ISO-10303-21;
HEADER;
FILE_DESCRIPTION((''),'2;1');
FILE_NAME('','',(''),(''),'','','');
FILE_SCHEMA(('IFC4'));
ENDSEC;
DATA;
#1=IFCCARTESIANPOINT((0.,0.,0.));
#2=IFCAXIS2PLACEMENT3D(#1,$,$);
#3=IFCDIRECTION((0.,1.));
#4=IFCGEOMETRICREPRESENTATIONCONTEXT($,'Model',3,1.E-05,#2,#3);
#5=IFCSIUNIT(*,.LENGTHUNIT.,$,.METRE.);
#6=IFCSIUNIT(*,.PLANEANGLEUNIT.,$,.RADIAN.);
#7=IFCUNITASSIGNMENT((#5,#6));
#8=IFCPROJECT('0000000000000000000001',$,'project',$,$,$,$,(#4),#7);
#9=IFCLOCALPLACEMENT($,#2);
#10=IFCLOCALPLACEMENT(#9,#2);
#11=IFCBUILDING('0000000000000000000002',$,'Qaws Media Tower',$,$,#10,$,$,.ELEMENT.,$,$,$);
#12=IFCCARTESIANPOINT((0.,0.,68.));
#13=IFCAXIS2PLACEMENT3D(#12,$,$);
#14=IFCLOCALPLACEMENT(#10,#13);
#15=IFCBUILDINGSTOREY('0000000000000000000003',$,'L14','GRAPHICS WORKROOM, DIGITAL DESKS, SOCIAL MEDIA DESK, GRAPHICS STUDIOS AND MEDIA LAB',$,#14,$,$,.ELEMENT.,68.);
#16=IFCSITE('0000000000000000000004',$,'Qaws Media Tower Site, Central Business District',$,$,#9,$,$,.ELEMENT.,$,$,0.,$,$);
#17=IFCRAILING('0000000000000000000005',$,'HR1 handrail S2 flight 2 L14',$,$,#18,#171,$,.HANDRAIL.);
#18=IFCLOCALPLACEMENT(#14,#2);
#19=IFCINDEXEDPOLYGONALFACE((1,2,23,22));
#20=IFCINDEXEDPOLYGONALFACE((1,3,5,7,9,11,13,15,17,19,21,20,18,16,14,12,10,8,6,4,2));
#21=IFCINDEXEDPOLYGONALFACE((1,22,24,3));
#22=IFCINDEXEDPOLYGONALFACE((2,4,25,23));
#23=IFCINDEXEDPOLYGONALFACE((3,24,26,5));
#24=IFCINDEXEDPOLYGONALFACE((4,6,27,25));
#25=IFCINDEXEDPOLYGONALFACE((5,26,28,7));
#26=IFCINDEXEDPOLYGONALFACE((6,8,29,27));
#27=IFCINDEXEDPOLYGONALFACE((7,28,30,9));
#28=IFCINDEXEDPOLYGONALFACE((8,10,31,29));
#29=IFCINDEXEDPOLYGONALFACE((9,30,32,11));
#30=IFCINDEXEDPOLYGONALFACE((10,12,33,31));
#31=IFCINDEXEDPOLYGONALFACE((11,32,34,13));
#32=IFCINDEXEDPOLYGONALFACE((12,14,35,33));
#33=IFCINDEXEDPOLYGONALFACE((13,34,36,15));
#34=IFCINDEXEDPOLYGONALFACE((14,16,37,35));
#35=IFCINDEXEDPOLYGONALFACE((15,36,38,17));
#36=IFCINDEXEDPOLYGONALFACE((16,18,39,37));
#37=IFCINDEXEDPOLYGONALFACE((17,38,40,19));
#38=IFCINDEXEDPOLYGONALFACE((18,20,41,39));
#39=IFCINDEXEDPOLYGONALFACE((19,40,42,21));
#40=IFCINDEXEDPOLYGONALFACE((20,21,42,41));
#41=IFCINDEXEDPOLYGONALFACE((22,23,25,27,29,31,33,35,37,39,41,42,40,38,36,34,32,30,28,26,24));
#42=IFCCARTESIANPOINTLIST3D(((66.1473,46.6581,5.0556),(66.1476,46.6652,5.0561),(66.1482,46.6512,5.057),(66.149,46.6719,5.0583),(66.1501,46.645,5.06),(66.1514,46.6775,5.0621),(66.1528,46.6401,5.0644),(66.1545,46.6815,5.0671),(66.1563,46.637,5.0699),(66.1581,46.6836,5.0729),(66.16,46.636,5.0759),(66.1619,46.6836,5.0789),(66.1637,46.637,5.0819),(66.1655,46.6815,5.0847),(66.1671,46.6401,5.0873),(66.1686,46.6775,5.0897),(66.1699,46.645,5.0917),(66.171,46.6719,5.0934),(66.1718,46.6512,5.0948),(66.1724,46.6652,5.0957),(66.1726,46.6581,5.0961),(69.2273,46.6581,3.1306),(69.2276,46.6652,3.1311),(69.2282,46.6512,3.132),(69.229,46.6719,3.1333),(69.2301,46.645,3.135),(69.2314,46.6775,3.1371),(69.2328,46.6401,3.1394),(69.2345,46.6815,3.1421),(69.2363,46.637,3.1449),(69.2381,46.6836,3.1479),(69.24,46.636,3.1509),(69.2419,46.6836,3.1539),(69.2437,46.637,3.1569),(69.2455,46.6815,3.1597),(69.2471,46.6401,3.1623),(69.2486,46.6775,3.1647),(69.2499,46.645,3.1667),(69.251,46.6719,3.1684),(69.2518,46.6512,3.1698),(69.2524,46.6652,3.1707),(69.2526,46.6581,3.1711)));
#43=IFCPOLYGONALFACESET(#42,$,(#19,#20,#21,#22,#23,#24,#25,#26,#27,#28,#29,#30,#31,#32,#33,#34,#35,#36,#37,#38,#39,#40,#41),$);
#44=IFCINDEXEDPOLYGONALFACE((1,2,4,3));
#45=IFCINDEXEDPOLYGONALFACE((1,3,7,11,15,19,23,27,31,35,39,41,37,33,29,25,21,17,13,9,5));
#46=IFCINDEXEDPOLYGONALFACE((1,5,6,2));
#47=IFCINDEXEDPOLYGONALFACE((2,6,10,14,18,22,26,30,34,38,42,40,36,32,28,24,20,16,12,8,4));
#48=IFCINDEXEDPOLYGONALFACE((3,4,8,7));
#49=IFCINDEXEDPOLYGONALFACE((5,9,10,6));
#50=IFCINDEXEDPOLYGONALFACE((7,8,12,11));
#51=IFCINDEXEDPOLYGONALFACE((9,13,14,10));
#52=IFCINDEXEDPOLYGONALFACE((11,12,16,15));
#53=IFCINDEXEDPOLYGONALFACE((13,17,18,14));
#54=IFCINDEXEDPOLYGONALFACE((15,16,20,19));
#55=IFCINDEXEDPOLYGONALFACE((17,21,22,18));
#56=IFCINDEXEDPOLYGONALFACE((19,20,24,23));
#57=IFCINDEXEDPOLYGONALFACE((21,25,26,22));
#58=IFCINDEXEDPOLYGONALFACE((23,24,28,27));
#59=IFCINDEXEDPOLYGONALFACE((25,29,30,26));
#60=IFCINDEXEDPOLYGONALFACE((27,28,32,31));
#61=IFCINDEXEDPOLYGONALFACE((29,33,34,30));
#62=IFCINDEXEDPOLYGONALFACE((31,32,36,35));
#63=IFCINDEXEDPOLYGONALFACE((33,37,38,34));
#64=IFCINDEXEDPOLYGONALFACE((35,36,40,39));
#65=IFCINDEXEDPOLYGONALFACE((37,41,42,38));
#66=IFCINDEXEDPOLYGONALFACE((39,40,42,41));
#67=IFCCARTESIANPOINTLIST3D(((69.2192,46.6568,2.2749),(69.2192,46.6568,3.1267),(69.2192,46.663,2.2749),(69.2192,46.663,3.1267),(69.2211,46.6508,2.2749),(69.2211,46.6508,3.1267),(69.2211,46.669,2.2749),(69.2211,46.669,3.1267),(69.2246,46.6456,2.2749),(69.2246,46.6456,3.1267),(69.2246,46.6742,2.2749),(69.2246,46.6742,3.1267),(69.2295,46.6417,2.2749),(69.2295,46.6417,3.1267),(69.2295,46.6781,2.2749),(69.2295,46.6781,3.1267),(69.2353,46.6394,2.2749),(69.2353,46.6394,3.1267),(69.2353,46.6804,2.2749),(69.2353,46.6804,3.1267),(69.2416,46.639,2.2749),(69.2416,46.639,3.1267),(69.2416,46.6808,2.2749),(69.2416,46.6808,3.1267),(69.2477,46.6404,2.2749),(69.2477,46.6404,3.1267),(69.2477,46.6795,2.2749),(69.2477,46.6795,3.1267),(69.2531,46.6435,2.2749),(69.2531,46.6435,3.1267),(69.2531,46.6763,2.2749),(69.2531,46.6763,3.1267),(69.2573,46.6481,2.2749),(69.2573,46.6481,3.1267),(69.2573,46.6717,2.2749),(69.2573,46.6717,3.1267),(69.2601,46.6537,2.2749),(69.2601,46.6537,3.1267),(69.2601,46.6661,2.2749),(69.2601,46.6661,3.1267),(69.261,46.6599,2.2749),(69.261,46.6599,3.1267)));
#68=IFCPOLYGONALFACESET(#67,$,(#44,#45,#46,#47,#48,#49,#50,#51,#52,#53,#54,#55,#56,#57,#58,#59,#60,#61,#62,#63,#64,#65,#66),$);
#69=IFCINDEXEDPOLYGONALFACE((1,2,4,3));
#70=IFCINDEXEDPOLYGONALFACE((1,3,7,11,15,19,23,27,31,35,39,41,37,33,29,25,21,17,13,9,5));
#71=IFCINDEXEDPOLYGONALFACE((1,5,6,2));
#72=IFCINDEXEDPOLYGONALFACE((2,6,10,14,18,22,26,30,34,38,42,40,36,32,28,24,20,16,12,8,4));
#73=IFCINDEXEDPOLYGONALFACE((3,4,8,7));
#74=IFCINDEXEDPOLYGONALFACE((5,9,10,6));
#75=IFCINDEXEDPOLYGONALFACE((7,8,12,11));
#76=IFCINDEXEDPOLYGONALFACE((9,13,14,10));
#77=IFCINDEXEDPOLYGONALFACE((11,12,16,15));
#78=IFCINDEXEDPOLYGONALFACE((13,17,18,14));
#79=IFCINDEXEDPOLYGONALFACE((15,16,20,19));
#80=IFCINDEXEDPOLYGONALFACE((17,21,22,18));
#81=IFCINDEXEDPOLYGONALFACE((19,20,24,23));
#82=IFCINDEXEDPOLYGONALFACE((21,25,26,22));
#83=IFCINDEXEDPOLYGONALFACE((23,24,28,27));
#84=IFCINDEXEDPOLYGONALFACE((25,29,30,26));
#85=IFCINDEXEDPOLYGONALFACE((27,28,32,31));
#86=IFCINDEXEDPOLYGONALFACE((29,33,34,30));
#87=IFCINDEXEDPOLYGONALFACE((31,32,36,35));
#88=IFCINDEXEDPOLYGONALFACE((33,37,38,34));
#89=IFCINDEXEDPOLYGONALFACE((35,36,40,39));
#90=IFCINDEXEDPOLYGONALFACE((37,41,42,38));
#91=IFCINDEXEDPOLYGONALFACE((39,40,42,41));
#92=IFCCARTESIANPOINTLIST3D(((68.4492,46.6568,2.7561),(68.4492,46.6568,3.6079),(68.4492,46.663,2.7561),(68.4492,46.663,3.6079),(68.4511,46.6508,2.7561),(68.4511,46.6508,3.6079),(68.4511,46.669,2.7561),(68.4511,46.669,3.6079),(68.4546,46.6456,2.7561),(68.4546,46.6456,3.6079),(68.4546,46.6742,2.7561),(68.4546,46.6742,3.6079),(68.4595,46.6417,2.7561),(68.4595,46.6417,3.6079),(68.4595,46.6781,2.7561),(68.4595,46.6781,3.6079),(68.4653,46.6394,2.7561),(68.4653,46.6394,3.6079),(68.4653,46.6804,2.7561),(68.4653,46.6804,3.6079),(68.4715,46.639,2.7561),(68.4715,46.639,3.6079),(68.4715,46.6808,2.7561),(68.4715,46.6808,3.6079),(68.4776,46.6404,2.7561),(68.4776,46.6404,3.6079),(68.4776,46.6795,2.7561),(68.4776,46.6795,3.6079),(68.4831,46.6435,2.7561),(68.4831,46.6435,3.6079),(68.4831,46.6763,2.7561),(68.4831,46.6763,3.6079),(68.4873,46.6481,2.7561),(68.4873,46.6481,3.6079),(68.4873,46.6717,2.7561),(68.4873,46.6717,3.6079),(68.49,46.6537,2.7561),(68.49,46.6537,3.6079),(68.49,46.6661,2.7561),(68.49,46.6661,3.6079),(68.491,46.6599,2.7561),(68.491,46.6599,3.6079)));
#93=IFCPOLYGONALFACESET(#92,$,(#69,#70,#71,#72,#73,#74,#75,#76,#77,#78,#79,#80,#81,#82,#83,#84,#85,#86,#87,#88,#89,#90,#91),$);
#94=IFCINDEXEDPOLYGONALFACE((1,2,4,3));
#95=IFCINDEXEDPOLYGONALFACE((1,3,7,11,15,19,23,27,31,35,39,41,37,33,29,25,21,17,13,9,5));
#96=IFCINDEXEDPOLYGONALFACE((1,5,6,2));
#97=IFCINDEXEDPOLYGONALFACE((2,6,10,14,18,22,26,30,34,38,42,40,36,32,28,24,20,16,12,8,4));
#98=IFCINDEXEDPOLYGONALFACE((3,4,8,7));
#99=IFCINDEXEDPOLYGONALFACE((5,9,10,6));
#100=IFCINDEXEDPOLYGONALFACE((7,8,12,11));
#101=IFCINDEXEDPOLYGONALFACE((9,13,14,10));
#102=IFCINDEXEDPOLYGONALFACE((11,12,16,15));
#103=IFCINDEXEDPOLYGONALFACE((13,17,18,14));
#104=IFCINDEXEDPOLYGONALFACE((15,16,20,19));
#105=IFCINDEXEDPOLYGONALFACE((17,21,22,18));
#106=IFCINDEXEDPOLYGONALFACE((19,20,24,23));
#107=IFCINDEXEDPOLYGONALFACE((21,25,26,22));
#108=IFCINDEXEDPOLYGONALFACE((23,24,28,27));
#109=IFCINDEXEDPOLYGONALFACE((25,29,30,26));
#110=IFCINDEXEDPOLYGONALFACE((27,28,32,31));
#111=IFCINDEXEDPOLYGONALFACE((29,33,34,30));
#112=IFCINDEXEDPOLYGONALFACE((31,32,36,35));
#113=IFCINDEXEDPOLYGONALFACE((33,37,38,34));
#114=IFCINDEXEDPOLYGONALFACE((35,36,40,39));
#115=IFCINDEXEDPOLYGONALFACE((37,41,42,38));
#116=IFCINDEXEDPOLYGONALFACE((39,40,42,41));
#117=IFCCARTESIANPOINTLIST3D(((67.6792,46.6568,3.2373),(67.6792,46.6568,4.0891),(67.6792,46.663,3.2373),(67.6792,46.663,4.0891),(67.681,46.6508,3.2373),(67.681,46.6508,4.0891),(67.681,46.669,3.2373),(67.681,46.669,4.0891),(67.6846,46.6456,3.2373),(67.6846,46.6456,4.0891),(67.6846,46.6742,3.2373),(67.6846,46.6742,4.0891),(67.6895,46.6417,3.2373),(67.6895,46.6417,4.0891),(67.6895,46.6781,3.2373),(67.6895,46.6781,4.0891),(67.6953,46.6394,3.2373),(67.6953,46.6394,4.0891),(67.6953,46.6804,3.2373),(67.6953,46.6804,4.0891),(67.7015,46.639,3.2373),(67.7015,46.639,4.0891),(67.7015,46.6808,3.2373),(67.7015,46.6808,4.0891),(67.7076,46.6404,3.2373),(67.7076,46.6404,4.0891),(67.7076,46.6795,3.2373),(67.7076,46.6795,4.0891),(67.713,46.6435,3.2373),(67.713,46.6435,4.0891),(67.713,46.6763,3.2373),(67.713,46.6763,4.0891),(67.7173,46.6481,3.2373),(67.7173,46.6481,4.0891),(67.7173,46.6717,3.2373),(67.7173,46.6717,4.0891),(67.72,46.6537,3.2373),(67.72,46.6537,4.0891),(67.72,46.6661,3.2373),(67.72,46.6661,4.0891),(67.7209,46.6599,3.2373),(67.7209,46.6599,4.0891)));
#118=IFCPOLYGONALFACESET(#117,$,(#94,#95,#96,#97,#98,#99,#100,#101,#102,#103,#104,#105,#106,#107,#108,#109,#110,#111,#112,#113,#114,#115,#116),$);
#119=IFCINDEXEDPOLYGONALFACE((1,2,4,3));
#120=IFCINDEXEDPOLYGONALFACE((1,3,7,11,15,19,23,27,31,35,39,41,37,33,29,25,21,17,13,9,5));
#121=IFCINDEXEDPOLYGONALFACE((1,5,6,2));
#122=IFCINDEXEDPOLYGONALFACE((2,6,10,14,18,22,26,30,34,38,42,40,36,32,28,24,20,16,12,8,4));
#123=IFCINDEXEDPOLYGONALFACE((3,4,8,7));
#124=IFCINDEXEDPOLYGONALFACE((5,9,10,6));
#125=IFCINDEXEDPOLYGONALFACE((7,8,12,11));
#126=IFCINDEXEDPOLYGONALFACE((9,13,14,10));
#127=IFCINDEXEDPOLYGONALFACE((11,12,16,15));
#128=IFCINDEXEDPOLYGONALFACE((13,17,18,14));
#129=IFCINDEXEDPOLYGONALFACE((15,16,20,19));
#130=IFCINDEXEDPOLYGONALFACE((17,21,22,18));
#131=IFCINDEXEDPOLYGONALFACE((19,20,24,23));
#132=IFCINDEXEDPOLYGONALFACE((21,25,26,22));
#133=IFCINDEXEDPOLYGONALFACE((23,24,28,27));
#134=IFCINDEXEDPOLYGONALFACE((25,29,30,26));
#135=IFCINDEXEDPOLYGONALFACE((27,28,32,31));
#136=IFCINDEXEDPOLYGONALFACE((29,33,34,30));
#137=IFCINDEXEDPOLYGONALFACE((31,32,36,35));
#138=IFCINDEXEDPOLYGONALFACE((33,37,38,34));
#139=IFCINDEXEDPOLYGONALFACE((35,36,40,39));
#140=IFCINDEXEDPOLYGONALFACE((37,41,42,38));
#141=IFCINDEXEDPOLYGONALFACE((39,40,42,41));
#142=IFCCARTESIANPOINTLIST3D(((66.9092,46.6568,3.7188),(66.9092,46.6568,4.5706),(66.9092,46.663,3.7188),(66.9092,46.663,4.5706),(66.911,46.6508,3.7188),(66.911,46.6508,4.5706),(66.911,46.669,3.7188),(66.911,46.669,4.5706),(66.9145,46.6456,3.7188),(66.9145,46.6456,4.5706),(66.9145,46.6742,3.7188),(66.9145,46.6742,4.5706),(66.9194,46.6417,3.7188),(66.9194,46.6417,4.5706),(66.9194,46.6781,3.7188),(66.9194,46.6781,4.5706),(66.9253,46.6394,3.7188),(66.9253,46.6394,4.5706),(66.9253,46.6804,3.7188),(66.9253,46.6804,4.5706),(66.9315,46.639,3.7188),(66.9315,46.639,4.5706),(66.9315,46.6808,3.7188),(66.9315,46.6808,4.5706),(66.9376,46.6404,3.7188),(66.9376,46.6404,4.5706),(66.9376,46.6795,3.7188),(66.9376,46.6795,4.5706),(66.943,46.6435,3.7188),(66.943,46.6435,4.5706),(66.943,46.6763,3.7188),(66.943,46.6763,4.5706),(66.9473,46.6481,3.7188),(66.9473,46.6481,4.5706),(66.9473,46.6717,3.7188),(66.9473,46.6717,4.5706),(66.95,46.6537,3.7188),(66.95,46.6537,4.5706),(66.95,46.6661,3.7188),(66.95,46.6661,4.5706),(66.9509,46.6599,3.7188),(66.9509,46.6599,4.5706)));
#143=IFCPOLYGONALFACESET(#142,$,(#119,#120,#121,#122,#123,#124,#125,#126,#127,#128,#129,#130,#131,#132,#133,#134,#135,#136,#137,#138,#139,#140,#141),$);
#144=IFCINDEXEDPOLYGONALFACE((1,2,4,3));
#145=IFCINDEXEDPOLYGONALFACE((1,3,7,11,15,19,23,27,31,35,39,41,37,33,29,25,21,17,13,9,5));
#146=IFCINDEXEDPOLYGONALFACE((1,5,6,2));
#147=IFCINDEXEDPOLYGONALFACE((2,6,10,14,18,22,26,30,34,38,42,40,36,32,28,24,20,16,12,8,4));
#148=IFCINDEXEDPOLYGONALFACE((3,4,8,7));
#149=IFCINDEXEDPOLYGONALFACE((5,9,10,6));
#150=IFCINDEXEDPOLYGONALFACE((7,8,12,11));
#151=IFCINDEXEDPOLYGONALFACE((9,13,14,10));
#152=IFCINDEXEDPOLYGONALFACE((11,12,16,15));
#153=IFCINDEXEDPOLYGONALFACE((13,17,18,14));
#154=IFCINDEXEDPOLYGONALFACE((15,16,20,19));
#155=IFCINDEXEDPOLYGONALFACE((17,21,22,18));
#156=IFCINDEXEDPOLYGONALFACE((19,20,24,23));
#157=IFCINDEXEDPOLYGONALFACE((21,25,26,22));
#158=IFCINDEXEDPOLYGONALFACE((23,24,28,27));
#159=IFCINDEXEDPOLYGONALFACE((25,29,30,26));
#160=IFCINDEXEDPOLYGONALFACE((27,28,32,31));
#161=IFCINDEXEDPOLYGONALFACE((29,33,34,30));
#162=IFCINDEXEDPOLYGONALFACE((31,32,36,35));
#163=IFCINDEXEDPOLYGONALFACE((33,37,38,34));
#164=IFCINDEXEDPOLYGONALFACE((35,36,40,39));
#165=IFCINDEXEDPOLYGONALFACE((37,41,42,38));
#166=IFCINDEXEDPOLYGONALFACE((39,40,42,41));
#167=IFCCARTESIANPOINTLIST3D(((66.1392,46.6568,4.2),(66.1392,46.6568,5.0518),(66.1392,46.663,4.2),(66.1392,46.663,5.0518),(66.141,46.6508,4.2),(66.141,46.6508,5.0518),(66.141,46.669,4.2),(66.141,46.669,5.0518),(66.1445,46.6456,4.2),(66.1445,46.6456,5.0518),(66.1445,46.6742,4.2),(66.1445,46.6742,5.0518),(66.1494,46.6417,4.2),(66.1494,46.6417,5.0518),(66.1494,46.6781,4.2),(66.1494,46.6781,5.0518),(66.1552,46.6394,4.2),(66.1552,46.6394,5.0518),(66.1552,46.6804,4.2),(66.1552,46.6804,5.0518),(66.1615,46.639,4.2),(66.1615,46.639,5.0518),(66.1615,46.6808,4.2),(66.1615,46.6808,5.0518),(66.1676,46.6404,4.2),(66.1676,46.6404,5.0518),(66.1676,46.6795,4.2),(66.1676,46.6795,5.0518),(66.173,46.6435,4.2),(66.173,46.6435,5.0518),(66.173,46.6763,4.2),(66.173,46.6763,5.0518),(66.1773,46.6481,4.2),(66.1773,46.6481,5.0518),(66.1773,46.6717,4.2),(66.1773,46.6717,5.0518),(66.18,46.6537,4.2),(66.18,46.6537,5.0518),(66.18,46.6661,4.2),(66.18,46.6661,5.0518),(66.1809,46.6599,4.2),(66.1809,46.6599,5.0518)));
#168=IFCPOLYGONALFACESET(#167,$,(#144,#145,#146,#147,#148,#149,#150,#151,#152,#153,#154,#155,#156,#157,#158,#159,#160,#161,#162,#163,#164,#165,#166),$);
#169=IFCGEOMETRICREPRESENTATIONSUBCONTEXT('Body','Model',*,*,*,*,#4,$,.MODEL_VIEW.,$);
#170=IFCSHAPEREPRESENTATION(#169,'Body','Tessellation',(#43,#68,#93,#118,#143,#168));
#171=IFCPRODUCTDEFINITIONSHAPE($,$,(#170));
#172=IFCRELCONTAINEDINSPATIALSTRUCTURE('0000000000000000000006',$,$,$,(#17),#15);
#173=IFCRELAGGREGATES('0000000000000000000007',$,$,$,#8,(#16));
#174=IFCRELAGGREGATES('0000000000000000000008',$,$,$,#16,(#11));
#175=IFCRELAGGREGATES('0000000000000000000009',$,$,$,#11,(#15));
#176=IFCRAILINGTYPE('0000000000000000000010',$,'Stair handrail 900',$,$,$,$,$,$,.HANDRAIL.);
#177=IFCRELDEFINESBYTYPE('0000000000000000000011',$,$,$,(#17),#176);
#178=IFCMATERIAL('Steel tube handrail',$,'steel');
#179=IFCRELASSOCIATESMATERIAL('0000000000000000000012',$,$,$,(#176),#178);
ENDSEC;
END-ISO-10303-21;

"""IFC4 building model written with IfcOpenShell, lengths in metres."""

from ifc_helpers import new_model, si_unit, direction, frame, origin, origin_2d, place, context, subcontext, project, spatial, circle, extrude, material, type_object, element, save


model = new_model("IFC4")

# Units and contexts
model_context = context("Model", 3, precision=1e-05, world=origin(), true_north=direction((0.0, 1.0)))
body_context = subcontext(model_context, "Body", "Model", "MODEL_VIEW")
ifc_project = project(units=[si_unit("LENGTHUNIT", "METRE"), si_unit("PLANEANGLEUNIT", "RADIAN")], contexts=[model_context])

# Site, building, storey
site_placement = place(None, origin())
site = spatial("IfcSite", under=ifc_project, at=site_placement, Name="Qaws Media Tower Site, Central Business District", CompositionType="ELEMENT", RefElevation=0.0)
building_placement = place(site_placement, origin())
building = spatial("IfcBuilding", under=site, at=building_placement, Name="Qaws Media Tower", CompositionType="ELEMENT")
storey_placement = place(building_placement, frame((0.0, 0.0, 68.0)))
storey = spatial("IfcBuildingStorey", under=building, at=storey_placement, Name="L14", Description="GRAPHICS WORKROOM, DIGITAL DESKS, SOCIAL MEDIA DESK, GRAPHICS STUDIOS AND MEDIA LAB", CompositionType="ELEMENT", Elevation=68.0)

# Railing
ifc_material_1 = material(Name="Steel tube handrail", Category="steel")
railing_type = type_object("IfcRailingType", Name="Stair handrail 900", PredefinedType="HANDRAIL", material=ifc_material_1)
for number, where, name in (
    (1, (69.24, 46.6599, 2.2749), "HR1 handrail S2 flight 2 L14"),
):
    element("IfcRailing", number, at=place(storey_placement, frame(where)), inside=storey, type_object=railing_type, Name=name, PredefinedType="HANDRAIL", context=body_context, shape_type="SweptSolid", body=[
        extrude(circle(Radius=0.0239, at=origin_2d()), frame((0.0, 0.0, 0.876), z_axis=(-0.847998, 0.0, 0.529999), x_axis=(0.0, -1.0, 0.0)), (0.0, 0.0, 1.0), 3.6321),
        extrude(circle(Radius=0.021, at=origin_2d()), origin(), (0.0, 0.0, 1.0), 0.8518),
        extrude(circle(Radius=0.021, at=origin_2d()), frame((-0.77, 0.0, 0.4812)), (0.0, 0.0, 1.0), 0.8518),
        extrude(circle(Radius=0.021, at=origin_2d()), frame((-1.54, 0.0, 0.9624)), (0.0, 0.0, 1.0), 0.8518),
        extrude(circle(Radius=0.021, at=origin_2d()), frame((-2.3101, 0.0, 1.4438)), (0.0, 0.0, 1.0), 0.8518),
        extrude(circle(Radius=0.021, at=origin_2d()), frame((-3.0801, 0.0, 1.925)), (0.0, 0.0, 1.0), 0.8518),
    ])

save(model, "model.ifc")
